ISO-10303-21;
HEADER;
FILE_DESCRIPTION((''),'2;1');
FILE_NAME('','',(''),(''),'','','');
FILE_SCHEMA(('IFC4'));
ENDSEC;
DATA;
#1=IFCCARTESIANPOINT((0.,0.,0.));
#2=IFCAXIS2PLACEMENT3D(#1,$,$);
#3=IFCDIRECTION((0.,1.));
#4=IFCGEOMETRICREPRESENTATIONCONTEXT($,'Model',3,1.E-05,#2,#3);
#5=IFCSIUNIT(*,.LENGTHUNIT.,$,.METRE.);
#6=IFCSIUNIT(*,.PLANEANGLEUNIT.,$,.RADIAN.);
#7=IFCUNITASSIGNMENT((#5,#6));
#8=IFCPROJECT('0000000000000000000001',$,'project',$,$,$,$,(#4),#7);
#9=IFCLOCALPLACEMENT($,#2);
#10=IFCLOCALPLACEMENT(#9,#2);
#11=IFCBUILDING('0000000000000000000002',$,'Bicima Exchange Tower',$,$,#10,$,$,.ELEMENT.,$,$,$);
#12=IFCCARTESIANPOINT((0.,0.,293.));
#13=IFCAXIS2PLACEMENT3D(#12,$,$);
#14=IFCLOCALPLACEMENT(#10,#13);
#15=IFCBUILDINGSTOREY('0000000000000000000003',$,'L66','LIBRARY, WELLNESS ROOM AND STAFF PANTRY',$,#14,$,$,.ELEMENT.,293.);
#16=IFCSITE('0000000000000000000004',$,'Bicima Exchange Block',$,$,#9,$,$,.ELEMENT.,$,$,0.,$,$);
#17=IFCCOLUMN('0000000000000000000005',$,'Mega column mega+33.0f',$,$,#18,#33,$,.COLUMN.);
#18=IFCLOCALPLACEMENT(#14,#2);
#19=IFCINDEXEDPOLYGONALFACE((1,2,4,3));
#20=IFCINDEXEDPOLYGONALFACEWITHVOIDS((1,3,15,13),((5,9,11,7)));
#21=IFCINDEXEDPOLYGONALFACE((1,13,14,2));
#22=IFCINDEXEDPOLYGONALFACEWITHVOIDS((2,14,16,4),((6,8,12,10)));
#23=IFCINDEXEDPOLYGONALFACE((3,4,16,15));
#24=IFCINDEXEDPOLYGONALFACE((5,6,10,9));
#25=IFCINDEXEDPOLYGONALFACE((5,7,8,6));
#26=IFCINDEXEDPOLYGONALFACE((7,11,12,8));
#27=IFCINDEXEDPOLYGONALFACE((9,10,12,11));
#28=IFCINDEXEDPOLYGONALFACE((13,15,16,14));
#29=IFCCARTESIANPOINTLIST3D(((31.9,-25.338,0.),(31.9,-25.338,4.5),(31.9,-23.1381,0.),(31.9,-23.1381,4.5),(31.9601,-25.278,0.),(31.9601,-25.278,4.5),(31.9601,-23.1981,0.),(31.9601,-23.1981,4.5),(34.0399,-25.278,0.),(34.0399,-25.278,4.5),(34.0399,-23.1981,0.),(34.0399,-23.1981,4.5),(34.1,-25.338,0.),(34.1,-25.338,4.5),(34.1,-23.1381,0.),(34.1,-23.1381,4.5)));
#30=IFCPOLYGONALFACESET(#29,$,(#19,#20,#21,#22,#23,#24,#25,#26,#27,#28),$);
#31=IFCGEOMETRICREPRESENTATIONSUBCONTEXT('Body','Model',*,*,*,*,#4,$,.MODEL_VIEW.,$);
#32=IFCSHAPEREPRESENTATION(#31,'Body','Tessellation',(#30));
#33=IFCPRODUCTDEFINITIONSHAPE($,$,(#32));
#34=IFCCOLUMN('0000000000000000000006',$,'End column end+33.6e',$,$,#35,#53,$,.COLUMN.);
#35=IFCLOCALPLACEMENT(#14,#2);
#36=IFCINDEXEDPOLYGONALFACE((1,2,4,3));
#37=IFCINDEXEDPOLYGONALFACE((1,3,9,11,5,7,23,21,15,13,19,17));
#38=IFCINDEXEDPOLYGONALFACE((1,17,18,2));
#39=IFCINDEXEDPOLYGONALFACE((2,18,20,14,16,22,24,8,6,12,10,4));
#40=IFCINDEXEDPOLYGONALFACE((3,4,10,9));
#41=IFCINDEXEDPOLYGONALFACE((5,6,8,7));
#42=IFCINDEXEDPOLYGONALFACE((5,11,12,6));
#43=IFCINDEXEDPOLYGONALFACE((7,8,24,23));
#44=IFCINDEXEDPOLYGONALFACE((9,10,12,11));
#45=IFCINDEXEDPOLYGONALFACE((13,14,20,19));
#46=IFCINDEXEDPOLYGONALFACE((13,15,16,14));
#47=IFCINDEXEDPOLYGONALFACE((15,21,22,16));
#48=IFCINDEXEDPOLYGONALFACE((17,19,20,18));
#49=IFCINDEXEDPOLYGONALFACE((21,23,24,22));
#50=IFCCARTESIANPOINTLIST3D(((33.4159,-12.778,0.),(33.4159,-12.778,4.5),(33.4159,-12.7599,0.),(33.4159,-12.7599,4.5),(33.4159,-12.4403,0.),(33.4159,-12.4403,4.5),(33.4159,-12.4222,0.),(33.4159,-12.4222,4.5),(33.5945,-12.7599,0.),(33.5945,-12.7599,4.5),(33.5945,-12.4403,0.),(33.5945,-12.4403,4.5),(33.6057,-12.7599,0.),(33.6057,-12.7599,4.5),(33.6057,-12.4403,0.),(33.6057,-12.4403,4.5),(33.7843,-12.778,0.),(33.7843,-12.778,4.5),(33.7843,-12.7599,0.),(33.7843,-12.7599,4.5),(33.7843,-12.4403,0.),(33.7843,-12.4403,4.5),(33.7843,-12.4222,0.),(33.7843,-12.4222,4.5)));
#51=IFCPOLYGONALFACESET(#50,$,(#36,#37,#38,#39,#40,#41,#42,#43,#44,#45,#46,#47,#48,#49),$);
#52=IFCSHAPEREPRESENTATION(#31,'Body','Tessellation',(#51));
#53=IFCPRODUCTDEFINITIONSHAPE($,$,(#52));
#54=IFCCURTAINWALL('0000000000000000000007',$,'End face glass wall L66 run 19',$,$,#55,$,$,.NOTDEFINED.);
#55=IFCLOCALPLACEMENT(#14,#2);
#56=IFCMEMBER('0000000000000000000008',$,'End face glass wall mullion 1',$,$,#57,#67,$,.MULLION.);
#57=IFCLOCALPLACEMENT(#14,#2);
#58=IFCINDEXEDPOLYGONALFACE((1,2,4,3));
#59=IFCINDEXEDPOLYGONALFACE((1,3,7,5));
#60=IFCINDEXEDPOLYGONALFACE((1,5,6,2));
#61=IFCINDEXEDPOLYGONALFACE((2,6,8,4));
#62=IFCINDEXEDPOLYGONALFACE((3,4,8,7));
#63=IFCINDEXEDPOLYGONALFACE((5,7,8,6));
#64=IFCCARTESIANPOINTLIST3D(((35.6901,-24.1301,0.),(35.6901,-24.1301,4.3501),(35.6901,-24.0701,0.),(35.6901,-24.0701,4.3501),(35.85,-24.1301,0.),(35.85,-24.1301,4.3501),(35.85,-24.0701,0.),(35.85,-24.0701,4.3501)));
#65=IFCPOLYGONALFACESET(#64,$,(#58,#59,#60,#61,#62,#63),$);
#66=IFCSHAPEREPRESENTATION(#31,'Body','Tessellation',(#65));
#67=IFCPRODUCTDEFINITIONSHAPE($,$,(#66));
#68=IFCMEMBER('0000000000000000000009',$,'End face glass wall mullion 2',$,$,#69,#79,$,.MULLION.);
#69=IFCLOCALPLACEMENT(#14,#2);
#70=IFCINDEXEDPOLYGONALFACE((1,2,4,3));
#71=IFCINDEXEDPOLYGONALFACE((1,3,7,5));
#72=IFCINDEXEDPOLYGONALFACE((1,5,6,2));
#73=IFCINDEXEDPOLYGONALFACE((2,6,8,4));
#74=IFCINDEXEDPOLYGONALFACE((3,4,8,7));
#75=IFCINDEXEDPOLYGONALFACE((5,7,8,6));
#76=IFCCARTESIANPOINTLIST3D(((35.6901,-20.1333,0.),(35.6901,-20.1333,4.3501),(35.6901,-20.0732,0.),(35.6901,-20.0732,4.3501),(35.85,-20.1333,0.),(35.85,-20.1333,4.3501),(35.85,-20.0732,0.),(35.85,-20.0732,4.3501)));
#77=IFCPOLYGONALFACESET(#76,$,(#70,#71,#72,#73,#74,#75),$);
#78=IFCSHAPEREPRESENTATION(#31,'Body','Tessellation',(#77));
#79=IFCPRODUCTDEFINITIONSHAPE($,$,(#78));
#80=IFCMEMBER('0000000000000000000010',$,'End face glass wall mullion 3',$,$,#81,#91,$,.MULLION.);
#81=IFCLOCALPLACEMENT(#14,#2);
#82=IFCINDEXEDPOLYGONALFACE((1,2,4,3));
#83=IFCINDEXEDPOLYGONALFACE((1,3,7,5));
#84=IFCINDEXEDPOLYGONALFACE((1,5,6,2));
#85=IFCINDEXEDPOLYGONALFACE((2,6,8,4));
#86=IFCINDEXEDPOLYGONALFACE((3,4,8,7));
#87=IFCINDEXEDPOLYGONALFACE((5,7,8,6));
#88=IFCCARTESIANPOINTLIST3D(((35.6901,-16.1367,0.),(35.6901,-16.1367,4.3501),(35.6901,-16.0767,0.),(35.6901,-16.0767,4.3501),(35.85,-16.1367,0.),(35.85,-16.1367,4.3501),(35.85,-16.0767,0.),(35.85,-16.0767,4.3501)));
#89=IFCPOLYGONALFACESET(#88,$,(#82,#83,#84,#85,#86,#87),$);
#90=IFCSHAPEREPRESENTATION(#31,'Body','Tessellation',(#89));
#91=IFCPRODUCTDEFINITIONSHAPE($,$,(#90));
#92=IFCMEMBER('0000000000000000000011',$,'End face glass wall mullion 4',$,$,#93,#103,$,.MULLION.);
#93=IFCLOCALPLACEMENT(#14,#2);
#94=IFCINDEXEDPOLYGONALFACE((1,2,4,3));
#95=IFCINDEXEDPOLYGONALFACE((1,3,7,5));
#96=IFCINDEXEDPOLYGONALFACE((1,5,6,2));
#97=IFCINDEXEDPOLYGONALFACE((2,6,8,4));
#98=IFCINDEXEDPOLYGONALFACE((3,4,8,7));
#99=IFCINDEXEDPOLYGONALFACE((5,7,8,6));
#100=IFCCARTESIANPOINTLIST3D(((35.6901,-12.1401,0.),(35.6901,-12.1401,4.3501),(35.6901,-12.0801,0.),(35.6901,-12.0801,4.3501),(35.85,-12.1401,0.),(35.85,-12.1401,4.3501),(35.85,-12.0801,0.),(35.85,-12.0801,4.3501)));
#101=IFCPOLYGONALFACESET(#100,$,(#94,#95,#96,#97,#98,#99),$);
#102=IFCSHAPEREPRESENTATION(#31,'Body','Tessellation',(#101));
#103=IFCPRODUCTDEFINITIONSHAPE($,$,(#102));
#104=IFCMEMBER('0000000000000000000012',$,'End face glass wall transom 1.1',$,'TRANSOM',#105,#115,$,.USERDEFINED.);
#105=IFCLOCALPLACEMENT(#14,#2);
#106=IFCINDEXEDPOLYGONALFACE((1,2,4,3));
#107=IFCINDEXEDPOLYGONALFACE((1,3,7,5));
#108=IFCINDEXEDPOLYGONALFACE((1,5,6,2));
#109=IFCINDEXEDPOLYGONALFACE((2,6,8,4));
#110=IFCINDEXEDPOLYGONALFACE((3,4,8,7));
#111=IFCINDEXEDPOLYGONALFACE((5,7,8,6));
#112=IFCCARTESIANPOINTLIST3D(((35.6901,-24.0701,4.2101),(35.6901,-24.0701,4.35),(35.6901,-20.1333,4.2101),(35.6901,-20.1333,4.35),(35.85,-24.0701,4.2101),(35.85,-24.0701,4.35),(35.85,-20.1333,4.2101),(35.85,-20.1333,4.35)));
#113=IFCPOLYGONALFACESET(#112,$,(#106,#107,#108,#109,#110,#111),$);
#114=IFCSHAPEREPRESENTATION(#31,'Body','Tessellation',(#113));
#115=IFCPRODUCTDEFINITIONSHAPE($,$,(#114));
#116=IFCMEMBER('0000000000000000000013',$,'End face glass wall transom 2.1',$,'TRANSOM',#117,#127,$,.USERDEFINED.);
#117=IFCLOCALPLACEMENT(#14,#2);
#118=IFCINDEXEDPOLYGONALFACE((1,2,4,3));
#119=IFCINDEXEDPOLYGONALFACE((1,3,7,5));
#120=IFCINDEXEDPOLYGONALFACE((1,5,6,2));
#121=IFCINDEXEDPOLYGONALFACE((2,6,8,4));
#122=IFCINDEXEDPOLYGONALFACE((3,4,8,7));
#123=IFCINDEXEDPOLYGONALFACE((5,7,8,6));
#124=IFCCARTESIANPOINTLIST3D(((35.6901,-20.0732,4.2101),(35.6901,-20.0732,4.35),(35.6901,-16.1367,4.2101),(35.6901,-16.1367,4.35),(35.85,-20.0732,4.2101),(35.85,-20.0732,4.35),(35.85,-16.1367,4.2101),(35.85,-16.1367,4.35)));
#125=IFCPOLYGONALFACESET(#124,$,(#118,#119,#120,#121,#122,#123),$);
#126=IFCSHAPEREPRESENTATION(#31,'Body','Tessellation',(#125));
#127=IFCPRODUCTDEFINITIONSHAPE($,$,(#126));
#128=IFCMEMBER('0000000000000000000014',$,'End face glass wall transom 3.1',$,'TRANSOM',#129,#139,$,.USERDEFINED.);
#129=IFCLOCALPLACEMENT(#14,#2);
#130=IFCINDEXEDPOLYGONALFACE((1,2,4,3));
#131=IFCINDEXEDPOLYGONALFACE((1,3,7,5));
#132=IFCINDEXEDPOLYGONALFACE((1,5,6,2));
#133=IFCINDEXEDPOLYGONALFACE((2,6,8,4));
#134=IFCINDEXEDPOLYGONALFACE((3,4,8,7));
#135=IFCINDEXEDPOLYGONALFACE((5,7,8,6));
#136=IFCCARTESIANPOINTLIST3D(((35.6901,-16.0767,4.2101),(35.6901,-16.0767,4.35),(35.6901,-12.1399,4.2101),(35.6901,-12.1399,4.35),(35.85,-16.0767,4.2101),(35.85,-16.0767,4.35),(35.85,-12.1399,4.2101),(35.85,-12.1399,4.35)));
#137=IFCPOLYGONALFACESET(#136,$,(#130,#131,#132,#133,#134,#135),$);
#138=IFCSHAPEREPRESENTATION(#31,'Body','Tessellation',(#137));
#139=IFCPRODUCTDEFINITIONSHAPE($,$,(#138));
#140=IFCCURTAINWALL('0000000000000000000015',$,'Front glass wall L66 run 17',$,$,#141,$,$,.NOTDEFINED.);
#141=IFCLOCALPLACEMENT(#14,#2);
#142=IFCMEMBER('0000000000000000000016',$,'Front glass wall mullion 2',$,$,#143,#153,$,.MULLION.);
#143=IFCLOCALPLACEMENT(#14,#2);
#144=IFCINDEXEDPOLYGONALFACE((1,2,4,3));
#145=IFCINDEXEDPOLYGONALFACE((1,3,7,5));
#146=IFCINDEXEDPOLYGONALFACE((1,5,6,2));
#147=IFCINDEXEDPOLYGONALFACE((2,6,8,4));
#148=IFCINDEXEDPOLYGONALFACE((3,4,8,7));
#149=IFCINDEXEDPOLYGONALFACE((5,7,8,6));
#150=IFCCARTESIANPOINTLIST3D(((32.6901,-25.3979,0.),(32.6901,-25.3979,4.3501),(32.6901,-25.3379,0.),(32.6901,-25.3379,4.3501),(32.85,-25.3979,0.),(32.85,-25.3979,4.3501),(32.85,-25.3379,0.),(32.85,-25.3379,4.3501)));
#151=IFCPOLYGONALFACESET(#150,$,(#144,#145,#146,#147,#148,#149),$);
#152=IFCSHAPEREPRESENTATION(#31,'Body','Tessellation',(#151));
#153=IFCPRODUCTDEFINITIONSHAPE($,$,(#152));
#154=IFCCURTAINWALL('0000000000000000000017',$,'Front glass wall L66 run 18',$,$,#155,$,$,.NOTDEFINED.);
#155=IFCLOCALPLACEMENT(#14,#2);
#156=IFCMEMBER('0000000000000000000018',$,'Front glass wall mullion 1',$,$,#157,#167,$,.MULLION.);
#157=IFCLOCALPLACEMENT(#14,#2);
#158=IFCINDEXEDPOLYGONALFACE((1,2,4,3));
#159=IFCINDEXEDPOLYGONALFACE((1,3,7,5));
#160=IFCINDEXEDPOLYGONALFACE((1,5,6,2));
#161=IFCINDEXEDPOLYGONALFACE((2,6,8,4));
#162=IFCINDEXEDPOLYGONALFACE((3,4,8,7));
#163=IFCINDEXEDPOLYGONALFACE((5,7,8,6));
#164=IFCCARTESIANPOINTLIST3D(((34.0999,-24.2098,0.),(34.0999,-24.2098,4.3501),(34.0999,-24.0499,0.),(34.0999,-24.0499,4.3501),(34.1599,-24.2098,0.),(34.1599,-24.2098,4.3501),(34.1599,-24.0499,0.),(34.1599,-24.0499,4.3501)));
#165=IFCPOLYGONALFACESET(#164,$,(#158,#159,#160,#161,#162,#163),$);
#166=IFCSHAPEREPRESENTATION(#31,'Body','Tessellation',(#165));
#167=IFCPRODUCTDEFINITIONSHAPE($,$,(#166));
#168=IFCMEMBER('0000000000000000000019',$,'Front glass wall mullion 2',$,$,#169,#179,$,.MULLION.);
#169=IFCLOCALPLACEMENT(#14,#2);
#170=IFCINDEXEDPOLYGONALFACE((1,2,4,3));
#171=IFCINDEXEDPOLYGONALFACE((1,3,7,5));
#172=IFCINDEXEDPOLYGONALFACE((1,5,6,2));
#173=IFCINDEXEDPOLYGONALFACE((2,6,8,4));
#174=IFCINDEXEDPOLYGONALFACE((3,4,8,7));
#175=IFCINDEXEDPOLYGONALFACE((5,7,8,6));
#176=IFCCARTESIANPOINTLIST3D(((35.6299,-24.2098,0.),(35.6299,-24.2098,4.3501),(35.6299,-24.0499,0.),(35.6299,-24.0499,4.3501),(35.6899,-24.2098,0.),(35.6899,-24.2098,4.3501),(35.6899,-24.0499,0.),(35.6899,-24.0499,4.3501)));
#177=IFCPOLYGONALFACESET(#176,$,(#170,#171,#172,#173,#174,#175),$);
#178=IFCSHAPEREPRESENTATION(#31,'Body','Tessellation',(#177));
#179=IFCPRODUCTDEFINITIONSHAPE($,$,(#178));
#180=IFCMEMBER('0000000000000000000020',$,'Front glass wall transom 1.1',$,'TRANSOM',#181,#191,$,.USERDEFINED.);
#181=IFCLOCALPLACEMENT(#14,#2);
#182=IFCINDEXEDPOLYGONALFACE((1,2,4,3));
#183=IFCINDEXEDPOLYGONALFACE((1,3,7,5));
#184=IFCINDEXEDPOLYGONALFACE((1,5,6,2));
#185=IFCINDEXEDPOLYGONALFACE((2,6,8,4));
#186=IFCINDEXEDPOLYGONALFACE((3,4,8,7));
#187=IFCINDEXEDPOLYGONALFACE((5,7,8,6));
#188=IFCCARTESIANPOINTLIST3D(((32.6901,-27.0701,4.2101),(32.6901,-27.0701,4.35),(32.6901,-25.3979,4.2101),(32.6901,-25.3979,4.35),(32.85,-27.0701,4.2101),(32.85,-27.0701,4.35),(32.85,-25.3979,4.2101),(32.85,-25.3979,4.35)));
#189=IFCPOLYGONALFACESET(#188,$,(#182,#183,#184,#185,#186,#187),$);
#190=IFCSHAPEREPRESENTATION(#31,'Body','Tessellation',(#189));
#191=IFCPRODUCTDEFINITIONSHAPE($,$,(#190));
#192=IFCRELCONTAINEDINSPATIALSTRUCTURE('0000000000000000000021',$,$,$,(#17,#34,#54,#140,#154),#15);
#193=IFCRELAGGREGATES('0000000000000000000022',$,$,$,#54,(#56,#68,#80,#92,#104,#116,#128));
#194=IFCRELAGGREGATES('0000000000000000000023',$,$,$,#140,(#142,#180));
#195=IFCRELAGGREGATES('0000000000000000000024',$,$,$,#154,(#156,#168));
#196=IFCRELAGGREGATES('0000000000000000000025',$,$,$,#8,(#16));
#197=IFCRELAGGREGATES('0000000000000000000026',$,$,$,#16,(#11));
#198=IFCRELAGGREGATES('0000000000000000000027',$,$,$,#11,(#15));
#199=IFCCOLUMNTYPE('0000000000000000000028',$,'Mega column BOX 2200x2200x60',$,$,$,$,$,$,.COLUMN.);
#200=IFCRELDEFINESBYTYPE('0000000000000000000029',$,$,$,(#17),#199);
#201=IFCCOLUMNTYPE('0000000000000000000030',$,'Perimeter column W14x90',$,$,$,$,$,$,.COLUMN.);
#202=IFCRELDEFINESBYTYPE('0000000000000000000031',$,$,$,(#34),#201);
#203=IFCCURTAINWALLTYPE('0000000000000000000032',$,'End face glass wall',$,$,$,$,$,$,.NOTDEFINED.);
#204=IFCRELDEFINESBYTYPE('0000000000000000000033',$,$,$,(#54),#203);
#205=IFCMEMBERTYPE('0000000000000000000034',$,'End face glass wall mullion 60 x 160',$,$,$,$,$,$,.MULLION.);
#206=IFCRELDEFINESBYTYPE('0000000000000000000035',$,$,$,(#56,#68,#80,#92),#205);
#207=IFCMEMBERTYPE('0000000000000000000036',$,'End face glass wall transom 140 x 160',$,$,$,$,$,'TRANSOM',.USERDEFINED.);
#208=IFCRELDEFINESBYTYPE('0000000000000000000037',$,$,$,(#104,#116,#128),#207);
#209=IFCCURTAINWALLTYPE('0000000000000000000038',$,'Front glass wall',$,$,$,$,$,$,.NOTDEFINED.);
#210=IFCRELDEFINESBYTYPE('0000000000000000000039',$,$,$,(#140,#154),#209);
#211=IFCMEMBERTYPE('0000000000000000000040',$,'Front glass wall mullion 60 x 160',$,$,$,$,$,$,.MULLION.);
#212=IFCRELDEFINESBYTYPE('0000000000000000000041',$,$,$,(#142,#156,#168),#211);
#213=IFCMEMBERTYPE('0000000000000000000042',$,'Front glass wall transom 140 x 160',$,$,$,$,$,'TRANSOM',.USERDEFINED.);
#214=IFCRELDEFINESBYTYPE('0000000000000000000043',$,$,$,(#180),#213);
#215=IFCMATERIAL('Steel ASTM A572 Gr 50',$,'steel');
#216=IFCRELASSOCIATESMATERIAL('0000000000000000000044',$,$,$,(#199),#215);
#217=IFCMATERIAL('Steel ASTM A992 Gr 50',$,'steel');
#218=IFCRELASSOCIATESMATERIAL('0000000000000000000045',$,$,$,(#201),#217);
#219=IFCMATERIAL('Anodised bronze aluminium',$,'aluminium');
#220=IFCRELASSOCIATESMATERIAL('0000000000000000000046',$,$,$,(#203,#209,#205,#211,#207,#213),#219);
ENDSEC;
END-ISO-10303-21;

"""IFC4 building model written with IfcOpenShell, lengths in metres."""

from ifc_helpers import new_model, si_unit, direction, frame, origin, origin_2d, place, context, subcontext, project, spatial, rectangle, hollow_rectangle, i_section, extrude, material, material_profile, profile_set, type_object, element, aggregate, save


model = new_model("IFC4")

# Units and contexts
model_context = context("Model", 3, precision=1e-05, world=origin(), true_north=direction((0.0, 1.0)))
body_context = subcontext(model_context, "Body", "Model", "MODEL_VIEW")
ifc_project = project(units=[si_unit("LENGTHUNIT", "METRE"), si_unit("PLANEANGLEUNIT", "RADIAN")], contexts=[model_context])

# Site, building, storey
site_placement = place(None, origin())
site = spatial("IfcSite", under=ifc_project, at=site_placement, Name="Bicima Exchange Block", CompositionType="ELEMENT", RefElevation=0.0)
building_placement = place(site_placement, origin())
building = spatial("IfcBuilding", under=site, at=building_placement, Name="Bicima Exchange Tower", CompositionType="ELEMENT")
storey_placement = place(building_placement, frame((0.0, 0.0, 293.0)))
storey = spatial("IfcBuildingStorey", under=building, at=storey_placement, Name="L66", Description="LIBRARY, WELLNESS ROOM AND STAFF PANTRY", CompositionType="ELEMENT", Elevation=293.0)

# Columns
ifc_material_1 = material(Name="Steel ASTM A572 Gr 50", Category="steel")
ifc_material_profile_1 = material_profile(ifc_material_1, hollow_rectangle(XDim=2.2, YDim=2.2, WallThickness=0.0601, at=origin_2d()))
ifc_profile_set_1 = profile_set([ifc_material_profile_1], Name="Steel ASTM A572 Gr 50")
column_type_1 = type_object("IfcColumnType", Name="Mega column BOX 2200x2200x60", PredefinedType="COLUMN", material=ifc_profile_set_1)
column_1_placement = place(storey_placement, frame((33.0, -24.238, 0.0), z_axis=(0.0, 0.0, 1.0), x_axis=(1.0, 0.0, 0.0)))
element("IfcColumn", 1, at=column_1_placement, inside=storey, type_object=column_type_1, Name="Mega column mega+33.0f", PredefinedType="COLUMN", context=body_context, shape_type="SweptSolid", body=[
    extrude(hollow_rectangle(XDim=2.2, YDim=2.2, WallThickness=0.0601, at=origin_2d()), origin(), (0.0, 0.0, 1.0), 4.5),
])
ifc_material_2 = material(Name="Steel ASTM A992 Gr 50", Category="steel")
ifc_material_profile_2 = material_profile(ifc_material_2, i_section(OverallWidth=0.3684, OverallDepth=0.3557, WebThickness=0.0112, FlangeThickness=0.0181, at=origin_2d()))
ifc_profile_set_2 = profile_set([ifc_material_profile_2], Name="Steel ASTM A992 Gr 50")
column_type_2 = type_object("IfcColumnType", Name="Perimeter column W14x90", PredefinedType="COLUMN", material=ifc_profile_set_2)
column_2_placement = place(storey_placement, frame((33.6001, -12.6001, 0.0), z_axis=(0.0, 0.0, 1.0), x_axis=(1.0, 0.0, 0.0)))
element("IfcColumn", 2, at=column_2_placement, inside=storey, type_object=column_type_2, Name="End column end+33.6e", PredefinedType="COLUMN", context=body_context, shape_type="SweptSolid", body=[
    extrude(i_section(OverallWidth=0.3684, OverallDepth=0.3557, WebThickness=0.0112, FlangeThickness=0.0181, at=origin_2d()), origin(), (0.0, 0.0, 1.0), 4.5),
])

# Curtain wall, members
ifc_material_3 = material(Name="Anodised bronze aluminium", Category="aluminium")
curtain_wall_type_1 = type_object("IfcCurtainWallType", Name="End face glass wall", PredefinedType="NOTDEFINED", material=ifc_material_3)
curtain_wall_1_placement = place(storey_placement, origin())
curtain_wall_1 = element("IfcCurtainWall", 3, at=curtain_wall_1_placement, inside=storey, type_object=curtain_wall_type_1, Name="End face glass wall L66 run 19", PredefinedType="NOTDEFINED")
ifc_material_profile_3 = material_profile(ifc_material_3, rectangle(XDim=0.1599, YDim=0.0601, at=origin_2d()))
ifc_profile_set_3 = profile_set([ifc_material_profile_3], Name="Anodised bronze aluminium")
member_type_1 = type_object("IfcMemberType", Name="End face glass wall mullion 60 x 160", PredefinedType="MULLION", material=ifc_profile_set_3)
member_1_placement = place(storey_placement, frame((35.77, -24.1001, 0.0), z_axis=(0.0, 0.0, 1.0), x_axis=(-1.0, 0.0, 0.0)))
member_1 = element("IfcMember", 4, at=member_1_placement, type_object=member_type_1, Name="End face glass wall mullion 1", PredefinedType="MULLION", context=body_context, shape_type="SweptSolid", body=[
    extrude(rectangle(XDim=0.1599, YDim=0.0601, at=origin_2d()), origin(), (0.0, 0.0, 1.0), 4.3501),
])
member_2_placement = place(storey_placement, frame((35.77, -20.1033, 0.0), z_axis=(0.0, 0.0, 1.0), x_axis=(-1.0, 0.0, 0.0)))
member_2 = element("IfcMember", 5, at=member_2_placement, type_object=member_type_1, Name="End face glass wall mullion 2", PredefinedType="MULLION", context=body_context, shape_type="SweptSolid", body=[
    extrude(rectangle(XDim=0.1599, YDim=0.0601, at=origin_2d()), origin(), (0.0, 0.0, 1.0), 4.3501),
])
member_3_placement = place(storey_placement, frame((35.77, -16.1067, 0.0), z_axis=(0.0, 0.0, 1.0), x_axis=(-1.0, 0.0, 0.0)))
member_3 = element("IfcMember", 6, at=member_3_placement, type_object=member_type_1, Name="End face glass wall mullion 3", PredefinedType="MULLION", context=body_context, shape_type="SweptSolid", body=[
    extrude(rectangle(XDim=0.1599, YDim=0.0601, at=origin_2d()), origin(), (0.0, 0.0, 1.0), 4.3501),
])
member_4_placement = place(storey_placement, frame((35.77, -12.1101, 0.0), z_axis=(0.0, 0.0, 1.0), x_axis=(-1.0, 0.0, 0.0)))
member_4 = element("IfcMember", 7, at=member_4_placement, type_object=member_type_1, Name="End face glass wall mullion 4", PredefinedType="MULLION", context=body_context, shape_type="SweptSolid", body=[
    extrude(rectangle(XDim=0.1599, YDim=0.0601, at=origin_2d()), origin(), (0.0, 0.0, 1.0), 4.3501),
])
ifc_material_profile_4 = material_profile(ifc_material_3, rectangle(XDim=0.1599, YDim=0.1399, at=origin_2d()))
ifc_profile_set_4 = profile_set([ifc_material_profile_4], Name="Anodised bronze aluminium")
member_type_2 = type_object("IfcMemberType", Name="End face glass wall transom 140 x 160", ElementType="TRANSOM", PredefinedType="USERDEFINED", material=ifc_profile_set_4)
member_5_placement = place(storey_placement, frame((35.77, -24.0701, 4.28), z_axis=(0.0, 1.0, 0.0), x_axis=(-1.0, 0.0, 0.0)))
member_5 = element("IfcMember", 8, at=member_5_placement, type_object=member_type_2, Name="End face glass wall transom 1.1", ObjectType="TRANSOM", PredefinedType="USERDEFINED", context=body_context, shape_type="SweptSolid", body=[
    extrude(rectangle(XDim=0.1599, YDim=0.1399, at=origin_2d()), origin(), (0.0, 0.0, 1.0), 3.9368),
])
member_6_placement = place(storey_placement, frame((35.77, -20.0732, 4.28), z_axis=(0.0, 1.0, 0.0), x_axis=(-1.0, 0.0, 0.0)))
member_6 = element("IfcMember", 9, at=member_6_placement, type_object=member_type_2, Name="End face glass wall transom 2.1", ObjectType="TRANSOM", PredefinedType="USERDEFINED", context=body_context, shape_type="SweptSolid", body=[
    extrude(rectangle(XDim=0.1599, YDim=0.1399, at=origin_2d()), origin(), (0.0, 0.0, 1.0), 3.9365),
])
member_7_placement = place(storey_placement, frame((35.77, -16.0767, 4.28), z_axis=(0.0, 1.0, 0.0), x_axis=(-1.0, 0.0, 0.0)))
member_7 = element("IfcMember", 10, at=member_7_placement, type_object=member_type_2, Name="End face glass wall transom 3.1", ObjectType="TRANSOM", PredefinedType="USERDEFINED", context=body_context, shape_type="SweptSolid", body=[
    extrude(rectangle(XDim=0.1599, YDim=0.1399, at=origin_2d()), origin(), (0.0, 0.0, 1.0), 3.9368),
])

# Curtain wall, member
curtain_wall_type_2 = type_object("IfcCurtainWallType", Name="Front glass wall", PredefinedType="NOTDEFINED", material=ifc_material_3)
curtain_wall_2_placement = place(storey_placement, origin())
curtain_wall_2 = element("IfcCurtainWall", 11, at=curtain_wall_2_placement, inside=storey, type_object=curtain_wall_type_2, Name="Front glass wall L66 run 17", PredefinedType="NOTDEFINED")
member_type_3 = type_object("IfcMemberType", Name="Front glass wall mullion 60 x 160", PredefinedType="MULLION", material=ifc_profile_set_3)
member_8_placement = place(storey_placement, frame((32.77, -25.3679, 0.0), z_axis=(0.0, 0.0, 1.0), x_axis=(-1.0, 0.0, 0.0)))
member_8 = element("IfcMember", 12, at=member_8_placement, type_object=member_type_3, Name="Front glass wall mullion 2", PredefinedType="MULLION", context=body_context, shape_type="SweptSolid", body=[
    extrude(rectangle(XDim=0.1599, YDim=0.0601, at=origin_2d()), origin(), (0.0, 0.0, 1.0), 4.3501),
])

# Curtain wall, members
curtain_wall_3_placement = place(storey_placement, origin())
curtain_wall_3 = element("IfcCurtainWall", 13, at=curtain_wall_3_placement, inside=storey, type_object=curtain_wall_type_2, Name="Front glass wall L66 run 18", PredefinedType="NOTDEFINED")
member_9_placement = place(storey_placement, frame((34.1299, -24.1299, 0.0), z_axis=(0.0, 0.0, 1.0), x_axis=(0.0, 1.0, 0.0)))
member_9 = element("IfcMember", 14, at=member_9_placement, type_object=member_type_3, Name="Front glass wall mullion 1", PredefinedType="MULLION", context=body_context, shape_type="SweptSolid", body=[
    extrude(rectangle(XDim=0.1599, YDim=0.0601, at=origin_2d()), origin(), (0.0, 0.0, 1.0), 4.3501),
])
member_10_placement = place(storey_placement, frame((35.6599, -24.1299, 0.0), z_axis=(0.0, 0.0, 1.0), x_axis=(0.0, 1.0, 0.0)))
member_10 = element("IfcMember", 15, at=member_10_placement, type_object=member_type_3, Name="Front glass wall mullion 2", PredefinedType="MULLION", context=body_context, shape_type="SweptSolid", body=[
    extrude(rectangle(XDim=0.1599, YDim=0.0601, at=origin_2d()), origin(), (0.0, 0.0, 1.0), 4.3501),
])

# Member
member_type_4 = type_object("IfcMemberType", Name="Front glass wall transom 140 x 160", ElementType="TRANSOM", PredefinedType="USERDEFINED", material=ifc_profile_set_4)
member_11_placement = place(storey_placement, frame((32.77, -27.0701, 4.28), z_axis=(0.0, 1.0, 0.0), x_axis=(-1.0, 0.0, 0.0)))
member_11 = element("IfcMember", 16, at=member_11_placement, type_object=member_type_4, Name="Front glass wall transom 1.1", ObjectType="TRANSOM", PredefinedType="USERDEFINED", context=body_context, shape_type="SweptSolid", body=[
    extrude(rectangle(XDim=0.1599, YDim=0.1399, at=origin_2d()), origin(), (0.0, 0.0, 1.0), 1.6721),
])

aggregate(curtain_wall_1, [member_1, member_2, member_3, member_4, member_5, member_6, member_7])
aggregate(curtain_wall_2, [member_8, member_11])
aggregate(curtain_wall_3, [member_9, member_10])

save(model, "model.ifc")
